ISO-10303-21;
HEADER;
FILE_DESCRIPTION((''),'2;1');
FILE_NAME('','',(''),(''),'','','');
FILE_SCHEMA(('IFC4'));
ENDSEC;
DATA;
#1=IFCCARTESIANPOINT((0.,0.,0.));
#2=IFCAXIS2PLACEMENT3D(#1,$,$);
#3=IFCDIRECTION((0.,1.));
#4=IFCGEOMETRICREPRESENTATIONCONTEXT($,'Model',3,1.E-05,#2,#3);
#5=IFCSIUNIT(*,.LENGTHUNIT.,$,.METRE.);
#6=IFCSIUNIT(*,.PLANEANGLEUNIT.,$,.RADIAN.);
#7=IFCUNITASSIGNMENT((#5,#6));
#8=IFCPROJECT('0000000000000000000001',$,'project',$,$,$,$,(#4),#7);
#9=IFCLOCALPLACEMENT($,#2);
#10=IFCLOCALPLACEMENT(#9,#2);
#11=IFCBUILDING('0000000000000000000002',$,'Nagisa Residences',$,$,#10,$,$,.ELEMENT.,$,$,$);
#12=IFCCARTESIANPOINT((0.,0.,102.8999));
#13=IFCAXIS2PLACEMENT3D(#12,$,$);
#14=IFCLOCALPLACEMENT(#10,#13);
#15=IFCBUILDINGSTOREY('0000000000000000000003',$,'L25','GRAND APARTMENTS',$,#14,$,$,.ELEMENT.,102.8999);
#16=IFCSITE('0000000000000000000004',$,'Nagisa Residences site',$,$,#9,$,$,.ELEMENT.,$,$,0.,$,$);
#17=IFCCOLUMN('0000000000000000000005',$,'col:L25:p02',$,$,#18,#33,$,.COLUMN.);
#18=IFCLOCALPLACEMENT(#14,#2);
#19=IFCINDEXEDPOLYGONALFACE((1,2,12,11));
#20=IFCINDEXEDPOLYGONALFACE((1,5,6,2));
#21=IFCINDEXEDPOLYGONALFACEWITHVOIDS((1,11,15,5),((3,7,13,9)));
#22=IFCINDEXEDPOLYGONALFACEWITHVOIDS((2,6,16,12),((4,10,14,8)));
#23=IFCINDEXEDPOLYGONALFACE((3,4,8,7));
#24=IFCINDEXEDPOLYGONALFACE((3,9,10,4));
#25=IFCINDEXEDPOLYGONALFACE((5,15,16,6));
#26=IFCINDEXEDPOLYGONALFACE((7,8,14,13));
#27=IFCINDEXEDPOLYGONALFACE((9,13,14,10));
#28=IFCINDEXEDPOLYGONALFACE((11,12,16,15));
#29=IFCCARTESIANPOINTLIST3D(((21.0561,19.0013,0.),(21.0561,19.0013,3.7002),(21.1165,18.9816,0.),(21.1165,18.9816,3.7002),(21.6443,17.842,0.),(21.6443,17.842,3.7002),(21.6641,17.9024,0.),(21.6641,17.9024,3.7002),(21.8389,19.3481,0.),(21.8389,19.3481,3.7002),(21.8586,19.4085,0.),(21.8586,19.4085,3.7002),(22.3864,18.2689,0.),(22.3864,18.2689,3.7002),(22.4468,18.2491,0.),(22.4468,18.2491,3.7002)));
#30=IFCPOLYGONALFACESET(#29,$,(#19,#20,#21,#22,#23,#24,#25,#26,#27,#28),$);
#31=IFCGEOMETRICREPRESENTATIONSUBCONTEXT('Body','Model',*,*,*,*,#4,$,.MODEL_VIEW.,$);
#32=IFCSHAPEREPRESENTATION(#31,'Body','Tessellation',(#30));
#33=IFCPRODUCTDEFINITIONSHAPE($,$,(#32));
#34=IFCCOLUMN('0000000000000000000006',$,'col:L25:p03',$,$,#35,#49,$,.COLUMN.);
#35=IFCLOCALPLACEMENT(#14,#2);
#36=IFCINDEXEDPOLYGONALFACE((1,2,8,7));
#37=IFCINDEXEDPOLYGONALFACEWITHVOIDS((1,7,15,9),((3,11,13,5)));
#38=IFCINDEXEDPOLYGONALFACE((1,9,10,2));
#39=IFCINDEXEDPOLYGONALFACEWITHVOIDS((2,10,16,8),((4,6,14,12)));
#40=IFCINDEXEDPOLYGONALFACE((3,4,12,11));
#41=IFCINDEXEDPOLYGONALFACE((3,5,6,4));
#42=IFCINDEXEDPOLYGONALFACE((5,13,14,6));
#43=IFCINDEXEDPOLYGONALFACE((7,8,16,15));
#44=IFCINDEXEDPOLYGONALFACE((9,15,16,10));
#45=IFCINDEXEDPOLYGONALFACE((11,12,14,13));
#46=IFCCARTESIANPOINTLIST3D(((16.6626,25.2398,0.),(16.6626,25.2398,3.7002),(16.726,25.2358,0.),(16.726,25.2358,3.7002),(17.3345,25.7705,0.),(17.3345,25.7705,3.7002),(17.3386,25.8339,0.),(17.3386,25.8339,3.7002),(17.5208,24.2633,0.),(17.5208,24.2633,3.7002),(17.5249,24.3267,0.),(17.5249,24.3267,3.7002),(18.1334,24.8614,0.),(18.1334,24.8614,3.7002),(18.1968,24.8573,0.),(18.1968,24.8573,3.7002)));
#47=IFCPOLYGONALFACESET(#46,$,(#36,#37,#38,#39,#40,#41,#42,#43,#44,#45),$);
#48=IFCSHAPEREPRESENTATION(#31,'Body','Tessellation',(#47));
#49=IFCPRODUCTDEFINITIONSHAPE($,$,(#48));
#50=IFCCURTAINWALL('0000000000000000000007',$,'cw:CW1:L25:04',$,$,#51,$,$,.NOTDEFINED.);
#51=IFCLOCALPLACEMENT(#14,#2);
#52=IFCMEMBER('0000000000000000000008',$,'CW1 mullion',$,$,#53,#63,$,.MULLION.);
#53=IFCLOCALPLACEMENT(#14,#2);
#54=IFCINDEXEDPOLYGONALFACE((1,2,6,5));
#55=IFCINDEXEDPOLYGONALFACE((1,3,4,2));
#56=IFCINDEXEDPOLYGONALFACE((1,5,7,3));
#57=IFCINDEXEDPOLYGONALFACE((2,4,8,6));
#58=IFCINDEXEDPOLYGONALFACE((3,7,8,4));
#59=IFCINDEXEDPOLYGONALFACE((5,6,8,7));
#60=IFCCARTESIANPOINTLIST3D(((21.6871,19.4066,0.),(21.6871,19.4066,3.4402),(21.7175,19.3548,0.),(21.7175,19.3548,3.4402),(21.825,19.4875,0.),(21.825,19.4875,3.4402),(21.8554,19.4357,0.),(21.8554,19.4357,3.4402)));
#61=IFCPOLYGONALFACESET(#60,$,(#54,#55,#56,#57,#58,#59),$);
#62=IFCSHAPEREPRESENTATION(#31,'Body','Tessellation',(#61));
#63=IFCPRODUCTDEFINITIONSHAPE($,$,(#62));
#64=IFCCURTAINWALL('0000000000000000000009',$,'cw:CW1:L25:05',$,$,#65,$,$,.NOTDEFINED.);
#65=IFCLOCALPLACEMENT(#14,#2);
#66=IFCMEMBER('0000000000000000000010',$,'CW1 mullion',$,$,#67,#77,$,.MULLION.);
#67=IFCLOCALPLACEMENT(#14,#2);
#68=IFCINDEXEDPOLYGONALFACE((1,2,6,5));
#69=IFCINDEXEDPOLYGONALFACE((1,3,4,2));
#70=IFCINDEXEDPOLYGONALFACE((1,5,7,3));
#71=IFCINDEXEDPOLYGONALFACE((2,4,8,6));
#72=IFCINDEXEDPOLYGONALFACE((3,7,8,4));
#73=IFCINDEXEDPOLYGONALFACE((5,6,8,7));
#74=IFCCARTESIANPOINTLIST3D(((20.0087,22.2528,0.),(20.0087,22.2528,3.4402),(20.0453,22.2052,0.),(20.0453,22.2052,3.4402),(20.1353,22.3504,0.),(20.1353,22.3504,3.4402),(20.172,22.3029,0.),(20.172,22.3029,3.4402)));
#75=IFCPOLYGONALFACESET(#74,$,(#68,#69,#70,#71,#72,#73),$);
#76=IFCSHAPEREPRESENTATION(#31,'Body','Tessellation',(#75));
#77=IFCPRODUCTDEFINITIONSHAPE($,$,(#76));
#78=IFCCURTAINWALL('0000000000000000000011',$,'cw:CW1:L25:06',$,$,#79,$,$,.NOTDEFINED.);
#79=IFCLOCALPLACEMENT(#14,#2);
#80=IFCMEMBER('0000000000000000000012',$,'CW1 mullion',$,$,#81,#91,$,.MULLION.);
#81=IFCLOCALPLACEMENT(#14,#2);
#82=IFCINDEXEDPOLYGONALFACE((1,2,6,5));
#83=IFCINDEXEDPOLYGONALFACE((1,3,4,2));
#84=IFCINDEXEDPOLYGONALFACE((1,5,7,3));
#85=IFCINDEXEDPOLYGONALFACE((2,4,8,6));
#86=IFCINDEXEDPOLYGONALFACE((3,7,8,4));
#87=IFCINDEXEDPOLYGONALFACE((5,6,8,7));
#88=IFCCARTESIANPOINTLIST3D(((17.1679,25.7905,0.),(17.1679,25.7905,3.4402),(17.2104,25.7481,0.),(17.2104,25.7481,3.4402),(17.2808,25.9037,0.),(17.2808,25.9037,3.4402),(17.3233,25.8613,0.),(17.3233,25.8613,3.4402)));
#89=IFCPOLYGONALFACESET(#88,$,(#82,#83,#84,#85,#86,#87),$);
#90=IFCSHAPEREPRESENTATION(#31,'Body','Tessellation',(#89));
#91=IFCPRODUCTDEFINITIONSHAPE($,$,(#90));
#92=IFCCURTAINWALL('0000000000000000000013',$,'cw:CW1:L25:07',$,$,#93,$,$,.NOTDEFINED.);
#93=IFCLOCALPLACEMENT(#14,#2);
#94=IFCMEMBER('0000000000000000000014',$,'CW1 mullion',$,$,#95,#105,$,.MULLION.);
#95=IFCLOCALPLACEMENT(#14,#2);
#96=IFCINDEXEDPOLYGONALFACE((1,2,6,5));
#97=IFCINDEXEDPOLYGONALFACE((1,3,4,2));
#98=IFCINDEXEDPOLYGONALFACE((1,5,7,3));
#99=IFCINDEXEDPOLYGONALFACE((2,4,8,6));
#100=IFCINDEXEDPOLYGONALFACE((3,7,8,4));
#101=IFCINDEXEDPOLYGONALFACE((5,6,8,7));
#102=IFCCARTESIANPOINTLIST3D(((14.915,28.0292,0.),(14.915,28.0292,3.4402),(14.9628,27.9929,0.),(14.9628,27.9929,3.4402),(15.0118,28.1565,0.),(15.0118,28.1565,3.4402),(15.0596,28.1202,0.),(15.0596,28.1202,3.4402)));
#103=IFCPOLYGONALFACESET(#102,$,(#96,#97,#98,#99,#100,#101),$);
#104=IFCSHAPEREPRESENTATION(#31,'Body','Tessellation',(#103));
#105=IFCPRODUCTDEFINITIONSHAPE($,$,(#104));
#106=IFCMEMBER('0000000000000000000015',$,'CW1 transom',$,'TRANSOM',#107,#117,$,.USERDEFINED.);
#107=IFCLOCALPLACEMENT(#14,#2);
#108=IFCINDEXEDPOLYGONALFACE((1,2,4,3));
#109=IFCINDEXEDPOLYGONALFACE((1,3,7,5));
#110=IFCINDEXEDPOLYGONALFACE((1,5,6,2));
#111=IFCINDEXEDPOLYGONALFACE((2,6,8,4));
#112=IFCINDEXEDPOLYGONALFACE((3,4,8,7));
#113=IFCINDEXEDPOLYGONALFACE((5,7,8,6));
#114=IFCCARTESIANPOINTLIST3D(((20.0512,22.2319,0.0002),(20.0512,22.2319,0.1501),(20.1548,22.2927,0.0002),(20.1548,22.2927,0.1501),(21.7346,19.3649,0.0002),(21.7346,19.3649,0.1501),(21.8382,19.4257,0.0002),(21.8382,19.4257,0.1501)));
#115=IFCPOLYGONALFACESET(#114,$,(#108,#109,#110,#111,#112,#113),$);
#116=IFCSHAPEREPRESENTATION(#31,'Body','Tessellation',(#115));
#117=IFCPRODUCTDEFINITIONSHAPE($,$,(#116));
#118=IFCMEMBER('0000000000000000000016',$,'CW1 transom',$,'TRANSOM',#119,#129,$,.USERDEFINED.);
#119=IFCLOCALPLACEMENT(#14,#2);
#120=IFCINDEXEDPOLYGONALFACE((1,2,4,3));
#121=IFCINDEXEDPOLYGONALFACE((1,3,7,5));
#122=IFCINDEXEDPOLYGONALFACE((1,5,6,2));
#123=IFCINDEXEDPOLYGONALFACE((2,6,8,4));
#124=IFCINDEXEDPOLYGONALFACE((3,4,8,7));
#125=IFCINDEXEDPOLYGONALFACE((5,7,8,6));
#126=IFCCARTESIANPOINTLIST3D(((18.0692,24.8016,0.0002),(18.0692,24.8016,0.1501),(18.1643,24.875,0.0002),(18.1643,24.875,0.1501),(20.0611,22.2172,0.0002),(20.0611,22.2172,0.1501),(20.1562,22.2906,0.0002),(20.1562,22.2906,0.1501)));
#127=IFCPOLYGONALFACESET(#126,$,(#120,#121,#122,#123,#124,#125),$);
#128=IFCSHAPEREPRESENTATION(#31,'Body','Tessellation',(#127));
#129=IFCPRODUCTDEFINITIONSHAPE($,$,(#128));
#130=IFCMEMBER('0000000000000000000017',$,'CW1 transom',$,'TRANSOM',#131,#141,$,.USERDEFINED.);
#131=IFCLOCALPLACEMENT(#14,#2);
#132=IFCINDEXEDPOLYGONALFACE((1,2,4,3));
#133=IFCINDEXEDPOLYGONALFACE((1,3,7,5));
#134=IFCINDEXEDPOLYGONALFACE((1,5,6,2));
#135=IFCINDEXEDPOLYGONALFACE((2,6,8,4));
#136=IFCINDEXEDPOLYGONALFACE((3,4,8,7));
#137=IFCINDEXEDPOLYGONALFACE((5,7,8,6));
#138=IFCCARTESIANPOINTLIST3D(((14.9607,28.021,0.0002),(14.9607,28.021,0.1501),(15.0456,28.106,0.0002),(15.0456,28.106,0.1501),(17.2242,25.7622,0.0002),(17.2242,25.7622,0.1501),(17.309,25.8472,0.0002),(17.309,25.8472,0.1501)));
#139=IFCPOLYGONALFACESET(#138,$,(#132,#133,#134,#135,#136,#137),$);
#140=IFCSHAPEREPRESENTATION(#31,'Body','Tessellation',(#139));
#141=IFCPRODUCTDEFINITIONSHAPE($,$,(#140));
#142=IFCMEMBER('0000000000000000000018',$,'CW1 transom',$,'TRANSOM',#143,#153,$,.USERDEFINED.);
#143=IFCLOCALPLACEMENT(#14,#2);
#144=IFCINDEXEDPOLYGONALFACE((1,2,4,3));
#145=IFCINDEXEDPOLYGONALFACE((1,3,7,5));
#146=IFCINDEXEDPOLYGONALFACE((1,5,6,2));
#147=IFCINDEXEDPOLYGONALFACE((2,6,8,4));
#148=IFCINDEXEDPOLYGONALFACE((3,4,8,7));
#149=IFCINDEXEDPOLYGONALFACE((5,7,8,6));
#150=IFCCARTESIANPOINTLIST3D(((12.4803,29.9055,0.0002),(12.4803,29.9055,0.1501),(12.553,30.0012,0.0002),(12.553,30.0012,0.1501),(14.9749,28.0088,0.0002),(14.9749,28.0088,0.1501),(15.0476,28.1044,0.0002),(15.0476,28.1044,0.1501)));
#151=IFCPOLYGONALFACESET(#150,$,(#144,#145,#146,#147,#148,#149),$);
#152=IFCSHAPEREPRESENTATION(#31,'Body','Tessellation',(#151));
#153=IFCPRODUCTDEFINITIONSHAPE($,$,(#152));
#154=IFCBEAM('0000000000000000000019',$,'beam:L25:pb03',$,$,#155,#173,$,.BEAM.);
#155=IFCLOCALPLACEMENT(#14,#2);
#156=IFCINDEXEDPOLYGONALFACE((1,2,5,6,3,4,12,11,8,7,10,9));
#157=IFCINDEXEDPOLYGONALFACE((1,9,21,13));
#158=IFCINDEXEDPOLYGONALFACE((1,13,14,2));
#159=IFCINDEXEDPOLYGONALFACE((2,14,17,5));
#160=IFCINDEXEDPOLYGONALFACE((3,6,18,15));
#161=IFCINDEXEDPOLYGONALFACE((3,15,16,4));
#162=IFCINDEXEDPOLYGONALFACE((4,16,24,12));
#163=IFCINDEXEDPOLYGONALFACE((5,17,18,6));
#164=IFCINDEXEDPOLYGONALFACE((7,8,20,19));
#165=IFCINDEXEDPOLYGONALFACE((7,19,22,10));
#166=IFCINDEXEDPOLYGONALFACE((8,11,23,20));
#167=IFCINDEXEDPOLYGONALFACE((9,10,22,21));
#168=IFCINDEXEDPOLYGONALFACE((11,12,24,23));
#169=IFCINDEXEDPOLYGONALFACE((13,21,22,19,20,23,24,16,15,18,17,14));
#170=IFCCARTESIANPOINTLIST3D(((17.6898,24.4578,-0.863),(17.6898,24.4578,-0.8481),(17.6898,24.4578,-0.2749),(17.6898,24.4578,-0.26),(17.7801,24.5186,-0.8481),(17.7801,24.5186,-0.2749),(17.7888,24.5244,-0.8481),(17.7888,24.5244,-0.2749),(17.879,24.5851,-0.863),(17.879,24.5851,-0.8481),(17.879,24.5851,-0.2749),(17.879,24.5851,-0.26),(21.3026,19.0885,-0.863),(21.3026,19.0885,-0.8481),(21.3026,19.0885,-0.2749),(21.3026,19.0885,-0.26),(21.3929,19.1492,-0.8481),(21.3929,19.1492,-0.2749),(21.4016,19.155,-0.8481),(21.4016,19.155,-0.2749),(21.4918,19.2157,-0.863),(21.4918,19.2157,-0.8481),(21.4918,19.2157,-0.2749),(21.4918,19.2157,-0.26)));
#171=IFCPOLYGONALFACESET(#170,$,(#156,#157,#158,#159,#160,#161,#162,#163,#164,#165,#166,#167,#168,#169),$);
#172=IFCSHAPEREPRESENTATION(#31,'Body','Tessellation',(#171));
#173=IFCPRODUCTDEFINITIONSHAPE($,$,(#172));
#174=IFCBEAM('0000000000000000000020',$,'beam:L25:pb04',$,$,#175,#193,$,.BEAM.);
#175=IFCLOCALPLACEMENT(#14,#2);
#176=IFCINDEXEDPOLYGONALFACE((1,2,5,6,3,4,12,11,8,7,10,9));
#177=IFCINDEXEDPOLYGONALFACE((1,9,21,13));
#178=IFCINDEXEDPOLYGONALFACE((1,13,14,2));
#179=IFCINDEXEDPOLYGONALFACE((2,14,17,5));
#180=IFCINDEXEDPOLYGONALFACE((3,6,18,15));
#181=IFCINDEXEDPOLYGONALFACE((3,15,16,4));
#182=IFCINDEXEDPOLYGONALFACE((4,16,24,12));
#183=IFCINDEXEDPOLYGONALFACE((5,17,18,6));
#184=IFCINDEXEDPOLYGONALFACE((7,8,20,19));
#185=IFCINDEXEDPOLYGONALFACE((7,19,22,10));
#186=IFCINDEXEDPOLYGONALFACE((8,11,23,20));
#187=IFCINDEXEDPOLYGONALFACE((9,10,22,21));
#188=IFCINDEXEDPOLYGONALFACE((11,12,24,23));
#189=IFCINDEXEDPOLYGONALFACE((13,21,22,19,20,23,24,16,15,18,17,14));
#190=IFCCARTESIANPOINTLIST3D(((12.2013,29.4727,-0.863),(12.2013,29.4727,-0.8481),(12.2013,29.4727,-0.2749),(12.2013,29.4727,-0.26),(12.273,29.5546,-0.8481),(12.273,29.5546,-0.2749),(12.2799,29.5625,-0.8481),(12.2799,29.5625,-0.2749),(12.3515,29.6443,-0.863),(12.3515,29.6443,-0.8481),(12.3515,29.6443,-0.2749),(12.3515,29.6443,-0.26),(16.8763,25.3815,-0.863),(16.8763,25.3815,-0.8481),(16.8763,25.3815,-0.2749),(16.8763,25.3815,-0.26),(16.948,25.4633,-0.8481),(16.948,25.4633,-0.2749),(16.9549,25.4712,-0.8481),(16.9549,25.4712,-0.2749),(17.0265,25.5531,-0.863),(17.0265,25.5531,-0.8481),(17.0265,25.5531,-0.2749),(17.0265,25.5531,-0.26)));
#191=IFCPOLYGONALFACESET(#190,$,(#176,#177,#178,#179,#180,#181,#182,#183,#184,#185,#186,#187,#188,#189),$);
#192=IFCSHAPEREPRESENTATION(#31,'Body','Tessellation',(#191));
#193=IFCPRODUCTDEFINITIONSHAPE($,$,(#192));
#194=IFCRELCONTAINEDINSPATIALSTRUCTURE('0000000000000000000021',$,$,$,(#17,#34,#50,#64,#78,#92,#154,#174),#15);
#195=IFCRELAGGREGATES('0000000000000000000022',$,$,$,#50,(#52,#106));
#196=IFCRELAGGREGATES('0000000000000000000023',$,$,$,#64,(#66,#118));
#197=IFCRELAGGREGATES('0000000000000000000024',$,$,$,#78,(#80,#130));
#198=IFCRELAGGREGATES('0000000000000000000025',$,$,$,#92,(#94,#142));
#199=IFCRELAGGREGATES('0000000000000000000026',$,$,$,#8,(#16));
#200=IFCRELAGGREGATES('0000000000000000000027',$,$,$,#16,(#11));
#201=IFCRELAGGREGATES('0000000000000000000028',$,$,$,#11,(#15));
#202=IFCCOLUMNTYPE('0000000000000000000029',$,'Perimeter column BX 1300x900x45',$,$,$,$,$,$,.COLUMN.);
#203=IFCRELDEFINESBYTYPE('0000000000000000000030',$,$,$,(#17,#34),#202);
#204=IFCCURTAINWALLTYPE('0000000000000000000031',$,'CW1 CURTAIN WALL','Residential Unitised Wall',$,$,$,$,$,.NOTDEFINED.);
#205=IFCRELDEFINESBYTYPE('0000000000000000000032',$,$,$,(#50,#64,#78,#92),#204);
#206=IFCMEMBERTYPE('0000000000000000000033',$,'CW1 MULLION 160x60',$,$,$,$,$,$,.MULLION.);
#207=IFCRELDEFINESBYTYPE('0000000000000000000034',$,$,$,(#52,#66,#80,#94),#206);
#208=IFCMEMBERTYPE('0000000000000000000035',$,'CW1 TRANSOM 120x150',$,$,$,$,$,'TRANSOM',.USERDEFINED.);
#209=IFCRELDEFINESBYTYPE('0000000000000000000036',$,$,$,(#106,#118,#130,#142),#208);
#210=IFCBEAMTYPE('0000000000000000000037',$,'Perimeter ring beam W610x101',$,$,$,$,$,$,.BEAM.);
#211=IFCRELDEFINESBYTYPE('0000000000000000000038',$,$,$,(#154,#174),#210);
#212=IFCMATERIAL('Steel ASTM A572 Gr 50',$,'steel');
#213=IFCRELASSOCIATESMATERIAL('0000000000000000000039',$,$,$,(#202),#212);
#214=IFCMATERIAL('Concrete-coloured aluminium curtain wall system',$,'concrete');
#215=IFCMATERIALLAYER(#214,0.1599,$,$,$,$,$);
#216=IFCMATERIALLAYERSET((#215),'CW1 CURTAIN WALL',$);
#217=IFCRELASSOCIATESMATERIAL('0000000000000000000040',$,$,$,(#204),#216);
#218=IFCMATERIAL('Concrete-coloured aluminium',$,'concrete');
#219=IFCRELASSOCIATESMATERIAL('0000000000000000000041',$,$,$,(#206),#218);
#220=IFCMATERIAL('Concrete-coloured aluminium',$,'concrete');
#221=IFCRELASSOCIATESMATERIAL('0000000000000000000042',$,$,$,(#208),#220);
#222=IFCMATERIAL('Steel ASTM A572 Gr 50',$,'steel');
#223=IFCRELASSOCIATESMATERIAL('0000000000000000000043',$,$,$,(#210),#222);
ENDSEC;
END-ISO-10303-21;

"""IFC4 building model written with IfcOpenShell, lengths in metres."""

from ifc_helpers import new_model, si_unit, direction, frame, origin, origin_2d, place, context, subcontext, project, spatial, rectangle, hollow_rectangle, i_section, extrude, material, layer, layer_set, material_profile, profile_set, type_object, element, aggregate, save


model = new_model("IFC4")

# Units and contexts
model_context = context("Model", 3, precision=1e-05, world=origin(), true_north=direction((0.0, 1.0)))
body_context = subcontext(model_context, "Body", "Model", "MODEL_VIEW")
ifc_project = project(units=[si_unit("LENGTHUNIT", "METRE"), si_unit("PLANEANGLEUNIT", "RADIAN")], contexts=[model_context])

# Site, building, storey
site_placement = place(None, origin())
site = spatial("IfcSite", under=ifc_project, at=site_placement, Name="Nagisa Residences site", CompositionType="ELEMENT", RefElevation=0.0)
building_placement = place(site_placement, origin())
building = spatial("IfcBuilding", under=site, at=building_placement, Name="Nagisa Residences", CompositionType="ELEMENT")
storey_placement = place(building_placement, frame((0.0, 0.0, 102.8999)))
storey = spatial("IfcBuildingStorey", under=building, at=storey_placement, Name="L25", Description="GRAND APARTMENTS", CompositionType="ELEMENT", Elevation=102.8999)

# Columns
ifc_material_1 = material(Name="Steel ASTM A572 Gr 50", Category="steel")
ifc_material_profile_1 = material_profile(ifc_material_1, hollow_rectangle(XDim=1.3, YDim=0.8999, WallThickness=0.0449, at=origin_2d()), Name="BX 1300x900x45")
ifc_profile_set_1 = profile_set([ifc_material_profile_1], Name="Steel ASTM A572 Gr 50")
column_type = type_object("IfcColumnType", Name="Perimeter column BX 1300x900x45", PredefinedType="COLUMN", material=ifc_profile_set_1)
for number, where, z_axis, x_axis, name in (
    (1, (21.7515, 18.6252, 0.0), (0.0, 0.0, 1.0), (-0.452463, 0.891783, 0.0), "col:L25:p02"),
    (2, (17.4297, 25.0486, 0.0), (0.0, 0.0, 1.0), (-0.660115, 0.751165, 0.0), "col:L25:p03"),
):
    element("IfcColumn", number, at=place(storey_placement, frame(where, z_axis=z_axis, x_axis=x_axis)), inside=storey, type_object=column_type, Name=name, PredefinedType="COLUMN", context=body_context, shape_type="SweptSolid", body=[
        extrude(hollow_rectangle(XDim=1.3, YDim=0.8999, WallThickness=0.0449, at=origin_2d()), origin(), (0.0, 0.0, 1.0), 3.7002),
    ])

# Curtain walls, members
ifc_material_2 = material(Name="Concrete-coloured aluminium curtain wall system", Category="concrete")
ifc_layer_1 = layer(ifc_material_2, 0.1599)
ifc_layer_set_1 = layer_set([ifc_layer_1], Name="CW1 CURTAIN WALL")
curtain_wall_type = type_object("IfcCurtainWallType", Name="CW1 CURTAIN WALL", Description="Residential Unitised Wall", PredefinedType="NOTDEFINED", material=ifc_layer_set_1)
curtain_wall_1_placement = place(storey_placement, origin())
curtain_wall_1 = element("IfcCurtainWall", 3, at=curtain_wall_1_placement, inside=storey, type_object=curtain_wall_type, Name="cw:CW1:L25:04", PredefinedType="NOTDEFINED")
ifc_material_3 = material(Name="Concrete-coloured aluminium", Category="concrete")
ifc_material_profile_2 = material_profile(ifc_material_3, rectangle(XDim=0.1599, YDim=0.0601, at=origin_2d()), Name="CW1 MULLION 160x60")
ifc_profile_set_2 = profile_set([ifc_material_profile_2], Name="Concrete-coloured aluminium")
member_type_1 = type_object("IfcMemberType", Name="CW1 MULLION 160x60", PredefinedType="MULLION", material=ifc_profile_set_2)
member_1_placement = place(storey_placement, frame((21.7712, 19.4211, 0.0), z_axis=(0.0, 0.0, 1.0), x_axis=(-0.862329, -0.506349, 0.0)))
member_1 = element("IfcMember", 4, at=member_1_placement, type_object=member_type_1, Name="CW1 mullion", PredefinedType="MULLION", context=body_context, shape_type="SweptSolid", body=[
    extrude(rectangle(XDim=0.1599, YDim=0.0601, at=origin_2d()), origin(), (0.0, 0.0, 1.0), 3.4402),
])
curtain_wall_2_placement = place(storey_placement, origin())
curtain_wall_2 = element("IfcCurtainWall", 5, at=curtain_wall_2_placement, inside=storey, type_object=curtain_wall_type, Name="cw:CW1:L25:05", PredefinedType="NOTDEFINED")
member_2_placement = place(storey_placement, frame((20.0903, 22.2778, 0.0), z_axis=(0.0, 0.0, 1.0), x_axis=(-0.79207, -0.61043, 0.0)))
member_2 = element("IfcMember", 6, at=member_2_placement, type_object=member_type_1, Name="CW1 mullion", PredefinedType="MULLION", context=body_context, shape_type="SweptSolid", body=[
    extrude(rectangle(XDim=0.1599, YDim=0.0601, at=origin_2d()), origin(), (0.0, 0.0, 1.0), 3.4402),
])
curtain_wall_3_placement = place(storey_placement, origin())
curtain_wall_3 = element("IfcCurtainWall", 7, at=curtain_wall_3_placement, inside=storey, type_object=curtain_wall_type, Name="cw:CW1:L25:06", PredefinedType="NOTDEFINED")
member_3_placement = place(storey_placement, frame((17.2456, 25.8259, 0.0), z_axis=(0.0, 0.0, 1.0), x_axis=(-0.706377, -0.707836, 0.0)))
member_3 = element("IfcMember", 8, at=member_3_placement, type_object=member_type_1, Name="CW1 mullion", PredefinedType="MULLION", context=body_context, shape_type="SweptSolid", body=[
    extrude(rectangle(XDim=0.1599, YDim=0.0601, at=origin_2d()), origin(), (0.0, 0.0, 1.0), 3.4402),
])
curtain_wall_4_placement = place(storey_placement, origin())
curtain_wall_4 = element("IfcCurtainWall", 9, at=curtain_wall_4_placement, inside=storey, type_object=curtain_wall_type, Name="cw:CW1:L25:07", PredefinedType="NOTDEFINED")
member_4_placement = place(storey_placement, frame((14.9873, 28.0747, 0.0), z_axis=(0.0, 0.0, 1.0), x_axis=(-0.605255, -0.796031, 0.0)))
member_4 = element("IfcMember", 10, at=member_4_placement, type_object=member_type_1, Name="CW1 mullion", PredefinedType="MULLION", context=body_context, shape_type="SweptSolid", body=[
    extrude(rectangle(XDim=0.1599, YDim=0.0601, at=origin_2d()), origin(), (0.0, 0.0, 1.0), 3.4402),
])

# Members
ifc_material_4 = material(Name="Concrete-coloured aluminium", Category="concrete")
ifc_material_profile_3 = material_profile(ifc_material_4, rectangle(XDim=0.1201, YDim=0.1499, at=origin_2d()), Name="CW1 TRANSOM 120x150")
ifc_profile_set_3 = profile_set([ifc_material_profile_3], Name="Concrete-coloured aluminium")
member_type_2 = type_object("IfcMemberType", Name="CW1 TRANSOM 120x150", ElementType="TRANSOM", PredefinedType="USERDEFINED", material=ifc_profile_set_3)
member_5_placement = place(storey_placement, frame((21.7864, 19.3953, 0.0752), z_axis=(-0.50633, 0.86234, 0.0), x_axis=(-0.86234, -0.50633, 0.0)))
member_5 = element("IfcMember", 11, at=member_5_placement, type_object=member_type_2, Name="CW1 transom", ObjectType="TRANSOM", PredefinedType="USERDEFINED", context=body_context, shape_type="SweptSolid", body=[
    extrude(rectangle(XDim=0.1201, YDim=0.1499, at=origin_2d()), origin(), (0.0, 0.0, 1.0), 3.3247),
])
member_6_placement = place(storey_placement, frame((20.1086, 22.2539, 0.0752), z_axis=(-0.610459, 0.792048, 0.0), x_axis=(-0.792048, -0.610459, 0.0)))
member_6 = element("IfcMember", 12, at=member_6_placement, type_object=member_type_2, Name="CW1 transom", ObjectType="TRANSOM", PredefinedType="USERDEFINED", context=body_context, shape_type="SweptSolid", body=[
    extrude(rectangle(XDim=0.1201, YDim=0.1499, at=origin_2d()), origin(), (0.0, 0.0, 1.0), 3.2629),
])
member_7_placement = place(storey_placement, frame((17.2666, 25.8047, 0.0752), z_axis=(-0.707832, 0.706381, 0.0), x_axis=(-0.706381, -0.707832, 0.0)))
member_7 = element("IfcMember", 13, at=member_7_placement, type_object=member_type_2, Name="CW1 transom", ObjectType="TRANSOM", PredefinedType="USERDEFINED", context=body_context, shape_type="SweptSolid", body=[
    extrude(rectangle(XDim=0.1201, YDim=0.1499, at=origin_2d()), origin(), (0.0, 0.0, 1.0), 3.1978),
])
member_8_placement = place(storey_placement, frame((15.0112, 28.0566, 0.0752), z_axis=(-0.796038, 0.605247, 0.0), x_axis=(-0.605247, -0.796038, 0.0)))
member_8 = element("IfcMember", 14, at=member_8_placement, type_object=member_type_2, Name="CW1 transom", ObjectType="TRANSOM", PredefinedType="USERDEFINED", context=body_context, shape_type="SweptSolid", body=[
    extrude(rectangle(XDim=0.1201, YDim=0.1499, at=origin_2d()), origin(), (0.0, 0.0, 1.0), 3.1338),
])

# Beams
ifc_material_5 = material(Name="Steel ASTM A572 Gr 50", Category="steel")
ifc_material_profile_4 = material_profile(ifc_material_5, i_section(OverallWidth=0.228, OverallDepth=0.603, WebThickness=0.0105, FlangeThickness=0.0149, at=origin_2d()), Name="W610x101")
ifc_profile_set_4 = profile_set([ifc_material_profile_4], Name="Steel ASTM A572 Gr 50")
beam_type_1 = type_object("IfcBeamType", Name="Perimeter ring beam W610x101", PredefinedType="BEAM", material=ifc_profile_set_4)
beam_1_placement = place(storey_placement, frame((21.3972, 19.1521, -0.5615), z_axis=(-0.558247, 0.829675, 0.0), x_axis=(-0.829675, -0.558247, 0.0)))
element("IfcBeam", 15, at=beam_1_placement, inside=storey, type_object=beam_type_1, Name="beam:L25:pb03", PredefinedType="BEAM", context=body_context, shape_type="SweptSolid", body=[
    extrude(i_section(OverallWidth=0.228, OverallDepth=0.603, WebThickness=0.0105, FlangeThickness=0.0149, at=origin_2d()), origin(), (0.0, 0.0, 1.0), 6.4717),
])
beam_2_placement = place(storey_placement, frame((16.9514, 25.4673, -0.5615), z_axis=(-0.752526, 0.658563, 0.0), x_axis=(-0.658563, -0.752526, 0.0)))
element("IfcBeam", 16, at=beam_2_placement, inside=storey, type_object=beam_type_1, Name="beam:L25:pb04", PredefinedType="BEAM", context=body_context, shape_type="SweptSolid", body=[
    extrude(i_section(OverallWidth=0.228, OverallDepth=0.603, WebThickness=0.0105, FlangeThickness=0.0149, at=origin_2d()), origin(), (0.0, 0.0, 1.0), 6.2124),
])

aggregate(curtain_wall_1, [member_1, member_5])
aggregate(curtain_wall_2, [member_2, member_6])
aggregate(curtain_wall_3, [member_3, member_7])
aggregate(curtain_wall_4, [member_4, member_8])

save(model, "model.ifc")
